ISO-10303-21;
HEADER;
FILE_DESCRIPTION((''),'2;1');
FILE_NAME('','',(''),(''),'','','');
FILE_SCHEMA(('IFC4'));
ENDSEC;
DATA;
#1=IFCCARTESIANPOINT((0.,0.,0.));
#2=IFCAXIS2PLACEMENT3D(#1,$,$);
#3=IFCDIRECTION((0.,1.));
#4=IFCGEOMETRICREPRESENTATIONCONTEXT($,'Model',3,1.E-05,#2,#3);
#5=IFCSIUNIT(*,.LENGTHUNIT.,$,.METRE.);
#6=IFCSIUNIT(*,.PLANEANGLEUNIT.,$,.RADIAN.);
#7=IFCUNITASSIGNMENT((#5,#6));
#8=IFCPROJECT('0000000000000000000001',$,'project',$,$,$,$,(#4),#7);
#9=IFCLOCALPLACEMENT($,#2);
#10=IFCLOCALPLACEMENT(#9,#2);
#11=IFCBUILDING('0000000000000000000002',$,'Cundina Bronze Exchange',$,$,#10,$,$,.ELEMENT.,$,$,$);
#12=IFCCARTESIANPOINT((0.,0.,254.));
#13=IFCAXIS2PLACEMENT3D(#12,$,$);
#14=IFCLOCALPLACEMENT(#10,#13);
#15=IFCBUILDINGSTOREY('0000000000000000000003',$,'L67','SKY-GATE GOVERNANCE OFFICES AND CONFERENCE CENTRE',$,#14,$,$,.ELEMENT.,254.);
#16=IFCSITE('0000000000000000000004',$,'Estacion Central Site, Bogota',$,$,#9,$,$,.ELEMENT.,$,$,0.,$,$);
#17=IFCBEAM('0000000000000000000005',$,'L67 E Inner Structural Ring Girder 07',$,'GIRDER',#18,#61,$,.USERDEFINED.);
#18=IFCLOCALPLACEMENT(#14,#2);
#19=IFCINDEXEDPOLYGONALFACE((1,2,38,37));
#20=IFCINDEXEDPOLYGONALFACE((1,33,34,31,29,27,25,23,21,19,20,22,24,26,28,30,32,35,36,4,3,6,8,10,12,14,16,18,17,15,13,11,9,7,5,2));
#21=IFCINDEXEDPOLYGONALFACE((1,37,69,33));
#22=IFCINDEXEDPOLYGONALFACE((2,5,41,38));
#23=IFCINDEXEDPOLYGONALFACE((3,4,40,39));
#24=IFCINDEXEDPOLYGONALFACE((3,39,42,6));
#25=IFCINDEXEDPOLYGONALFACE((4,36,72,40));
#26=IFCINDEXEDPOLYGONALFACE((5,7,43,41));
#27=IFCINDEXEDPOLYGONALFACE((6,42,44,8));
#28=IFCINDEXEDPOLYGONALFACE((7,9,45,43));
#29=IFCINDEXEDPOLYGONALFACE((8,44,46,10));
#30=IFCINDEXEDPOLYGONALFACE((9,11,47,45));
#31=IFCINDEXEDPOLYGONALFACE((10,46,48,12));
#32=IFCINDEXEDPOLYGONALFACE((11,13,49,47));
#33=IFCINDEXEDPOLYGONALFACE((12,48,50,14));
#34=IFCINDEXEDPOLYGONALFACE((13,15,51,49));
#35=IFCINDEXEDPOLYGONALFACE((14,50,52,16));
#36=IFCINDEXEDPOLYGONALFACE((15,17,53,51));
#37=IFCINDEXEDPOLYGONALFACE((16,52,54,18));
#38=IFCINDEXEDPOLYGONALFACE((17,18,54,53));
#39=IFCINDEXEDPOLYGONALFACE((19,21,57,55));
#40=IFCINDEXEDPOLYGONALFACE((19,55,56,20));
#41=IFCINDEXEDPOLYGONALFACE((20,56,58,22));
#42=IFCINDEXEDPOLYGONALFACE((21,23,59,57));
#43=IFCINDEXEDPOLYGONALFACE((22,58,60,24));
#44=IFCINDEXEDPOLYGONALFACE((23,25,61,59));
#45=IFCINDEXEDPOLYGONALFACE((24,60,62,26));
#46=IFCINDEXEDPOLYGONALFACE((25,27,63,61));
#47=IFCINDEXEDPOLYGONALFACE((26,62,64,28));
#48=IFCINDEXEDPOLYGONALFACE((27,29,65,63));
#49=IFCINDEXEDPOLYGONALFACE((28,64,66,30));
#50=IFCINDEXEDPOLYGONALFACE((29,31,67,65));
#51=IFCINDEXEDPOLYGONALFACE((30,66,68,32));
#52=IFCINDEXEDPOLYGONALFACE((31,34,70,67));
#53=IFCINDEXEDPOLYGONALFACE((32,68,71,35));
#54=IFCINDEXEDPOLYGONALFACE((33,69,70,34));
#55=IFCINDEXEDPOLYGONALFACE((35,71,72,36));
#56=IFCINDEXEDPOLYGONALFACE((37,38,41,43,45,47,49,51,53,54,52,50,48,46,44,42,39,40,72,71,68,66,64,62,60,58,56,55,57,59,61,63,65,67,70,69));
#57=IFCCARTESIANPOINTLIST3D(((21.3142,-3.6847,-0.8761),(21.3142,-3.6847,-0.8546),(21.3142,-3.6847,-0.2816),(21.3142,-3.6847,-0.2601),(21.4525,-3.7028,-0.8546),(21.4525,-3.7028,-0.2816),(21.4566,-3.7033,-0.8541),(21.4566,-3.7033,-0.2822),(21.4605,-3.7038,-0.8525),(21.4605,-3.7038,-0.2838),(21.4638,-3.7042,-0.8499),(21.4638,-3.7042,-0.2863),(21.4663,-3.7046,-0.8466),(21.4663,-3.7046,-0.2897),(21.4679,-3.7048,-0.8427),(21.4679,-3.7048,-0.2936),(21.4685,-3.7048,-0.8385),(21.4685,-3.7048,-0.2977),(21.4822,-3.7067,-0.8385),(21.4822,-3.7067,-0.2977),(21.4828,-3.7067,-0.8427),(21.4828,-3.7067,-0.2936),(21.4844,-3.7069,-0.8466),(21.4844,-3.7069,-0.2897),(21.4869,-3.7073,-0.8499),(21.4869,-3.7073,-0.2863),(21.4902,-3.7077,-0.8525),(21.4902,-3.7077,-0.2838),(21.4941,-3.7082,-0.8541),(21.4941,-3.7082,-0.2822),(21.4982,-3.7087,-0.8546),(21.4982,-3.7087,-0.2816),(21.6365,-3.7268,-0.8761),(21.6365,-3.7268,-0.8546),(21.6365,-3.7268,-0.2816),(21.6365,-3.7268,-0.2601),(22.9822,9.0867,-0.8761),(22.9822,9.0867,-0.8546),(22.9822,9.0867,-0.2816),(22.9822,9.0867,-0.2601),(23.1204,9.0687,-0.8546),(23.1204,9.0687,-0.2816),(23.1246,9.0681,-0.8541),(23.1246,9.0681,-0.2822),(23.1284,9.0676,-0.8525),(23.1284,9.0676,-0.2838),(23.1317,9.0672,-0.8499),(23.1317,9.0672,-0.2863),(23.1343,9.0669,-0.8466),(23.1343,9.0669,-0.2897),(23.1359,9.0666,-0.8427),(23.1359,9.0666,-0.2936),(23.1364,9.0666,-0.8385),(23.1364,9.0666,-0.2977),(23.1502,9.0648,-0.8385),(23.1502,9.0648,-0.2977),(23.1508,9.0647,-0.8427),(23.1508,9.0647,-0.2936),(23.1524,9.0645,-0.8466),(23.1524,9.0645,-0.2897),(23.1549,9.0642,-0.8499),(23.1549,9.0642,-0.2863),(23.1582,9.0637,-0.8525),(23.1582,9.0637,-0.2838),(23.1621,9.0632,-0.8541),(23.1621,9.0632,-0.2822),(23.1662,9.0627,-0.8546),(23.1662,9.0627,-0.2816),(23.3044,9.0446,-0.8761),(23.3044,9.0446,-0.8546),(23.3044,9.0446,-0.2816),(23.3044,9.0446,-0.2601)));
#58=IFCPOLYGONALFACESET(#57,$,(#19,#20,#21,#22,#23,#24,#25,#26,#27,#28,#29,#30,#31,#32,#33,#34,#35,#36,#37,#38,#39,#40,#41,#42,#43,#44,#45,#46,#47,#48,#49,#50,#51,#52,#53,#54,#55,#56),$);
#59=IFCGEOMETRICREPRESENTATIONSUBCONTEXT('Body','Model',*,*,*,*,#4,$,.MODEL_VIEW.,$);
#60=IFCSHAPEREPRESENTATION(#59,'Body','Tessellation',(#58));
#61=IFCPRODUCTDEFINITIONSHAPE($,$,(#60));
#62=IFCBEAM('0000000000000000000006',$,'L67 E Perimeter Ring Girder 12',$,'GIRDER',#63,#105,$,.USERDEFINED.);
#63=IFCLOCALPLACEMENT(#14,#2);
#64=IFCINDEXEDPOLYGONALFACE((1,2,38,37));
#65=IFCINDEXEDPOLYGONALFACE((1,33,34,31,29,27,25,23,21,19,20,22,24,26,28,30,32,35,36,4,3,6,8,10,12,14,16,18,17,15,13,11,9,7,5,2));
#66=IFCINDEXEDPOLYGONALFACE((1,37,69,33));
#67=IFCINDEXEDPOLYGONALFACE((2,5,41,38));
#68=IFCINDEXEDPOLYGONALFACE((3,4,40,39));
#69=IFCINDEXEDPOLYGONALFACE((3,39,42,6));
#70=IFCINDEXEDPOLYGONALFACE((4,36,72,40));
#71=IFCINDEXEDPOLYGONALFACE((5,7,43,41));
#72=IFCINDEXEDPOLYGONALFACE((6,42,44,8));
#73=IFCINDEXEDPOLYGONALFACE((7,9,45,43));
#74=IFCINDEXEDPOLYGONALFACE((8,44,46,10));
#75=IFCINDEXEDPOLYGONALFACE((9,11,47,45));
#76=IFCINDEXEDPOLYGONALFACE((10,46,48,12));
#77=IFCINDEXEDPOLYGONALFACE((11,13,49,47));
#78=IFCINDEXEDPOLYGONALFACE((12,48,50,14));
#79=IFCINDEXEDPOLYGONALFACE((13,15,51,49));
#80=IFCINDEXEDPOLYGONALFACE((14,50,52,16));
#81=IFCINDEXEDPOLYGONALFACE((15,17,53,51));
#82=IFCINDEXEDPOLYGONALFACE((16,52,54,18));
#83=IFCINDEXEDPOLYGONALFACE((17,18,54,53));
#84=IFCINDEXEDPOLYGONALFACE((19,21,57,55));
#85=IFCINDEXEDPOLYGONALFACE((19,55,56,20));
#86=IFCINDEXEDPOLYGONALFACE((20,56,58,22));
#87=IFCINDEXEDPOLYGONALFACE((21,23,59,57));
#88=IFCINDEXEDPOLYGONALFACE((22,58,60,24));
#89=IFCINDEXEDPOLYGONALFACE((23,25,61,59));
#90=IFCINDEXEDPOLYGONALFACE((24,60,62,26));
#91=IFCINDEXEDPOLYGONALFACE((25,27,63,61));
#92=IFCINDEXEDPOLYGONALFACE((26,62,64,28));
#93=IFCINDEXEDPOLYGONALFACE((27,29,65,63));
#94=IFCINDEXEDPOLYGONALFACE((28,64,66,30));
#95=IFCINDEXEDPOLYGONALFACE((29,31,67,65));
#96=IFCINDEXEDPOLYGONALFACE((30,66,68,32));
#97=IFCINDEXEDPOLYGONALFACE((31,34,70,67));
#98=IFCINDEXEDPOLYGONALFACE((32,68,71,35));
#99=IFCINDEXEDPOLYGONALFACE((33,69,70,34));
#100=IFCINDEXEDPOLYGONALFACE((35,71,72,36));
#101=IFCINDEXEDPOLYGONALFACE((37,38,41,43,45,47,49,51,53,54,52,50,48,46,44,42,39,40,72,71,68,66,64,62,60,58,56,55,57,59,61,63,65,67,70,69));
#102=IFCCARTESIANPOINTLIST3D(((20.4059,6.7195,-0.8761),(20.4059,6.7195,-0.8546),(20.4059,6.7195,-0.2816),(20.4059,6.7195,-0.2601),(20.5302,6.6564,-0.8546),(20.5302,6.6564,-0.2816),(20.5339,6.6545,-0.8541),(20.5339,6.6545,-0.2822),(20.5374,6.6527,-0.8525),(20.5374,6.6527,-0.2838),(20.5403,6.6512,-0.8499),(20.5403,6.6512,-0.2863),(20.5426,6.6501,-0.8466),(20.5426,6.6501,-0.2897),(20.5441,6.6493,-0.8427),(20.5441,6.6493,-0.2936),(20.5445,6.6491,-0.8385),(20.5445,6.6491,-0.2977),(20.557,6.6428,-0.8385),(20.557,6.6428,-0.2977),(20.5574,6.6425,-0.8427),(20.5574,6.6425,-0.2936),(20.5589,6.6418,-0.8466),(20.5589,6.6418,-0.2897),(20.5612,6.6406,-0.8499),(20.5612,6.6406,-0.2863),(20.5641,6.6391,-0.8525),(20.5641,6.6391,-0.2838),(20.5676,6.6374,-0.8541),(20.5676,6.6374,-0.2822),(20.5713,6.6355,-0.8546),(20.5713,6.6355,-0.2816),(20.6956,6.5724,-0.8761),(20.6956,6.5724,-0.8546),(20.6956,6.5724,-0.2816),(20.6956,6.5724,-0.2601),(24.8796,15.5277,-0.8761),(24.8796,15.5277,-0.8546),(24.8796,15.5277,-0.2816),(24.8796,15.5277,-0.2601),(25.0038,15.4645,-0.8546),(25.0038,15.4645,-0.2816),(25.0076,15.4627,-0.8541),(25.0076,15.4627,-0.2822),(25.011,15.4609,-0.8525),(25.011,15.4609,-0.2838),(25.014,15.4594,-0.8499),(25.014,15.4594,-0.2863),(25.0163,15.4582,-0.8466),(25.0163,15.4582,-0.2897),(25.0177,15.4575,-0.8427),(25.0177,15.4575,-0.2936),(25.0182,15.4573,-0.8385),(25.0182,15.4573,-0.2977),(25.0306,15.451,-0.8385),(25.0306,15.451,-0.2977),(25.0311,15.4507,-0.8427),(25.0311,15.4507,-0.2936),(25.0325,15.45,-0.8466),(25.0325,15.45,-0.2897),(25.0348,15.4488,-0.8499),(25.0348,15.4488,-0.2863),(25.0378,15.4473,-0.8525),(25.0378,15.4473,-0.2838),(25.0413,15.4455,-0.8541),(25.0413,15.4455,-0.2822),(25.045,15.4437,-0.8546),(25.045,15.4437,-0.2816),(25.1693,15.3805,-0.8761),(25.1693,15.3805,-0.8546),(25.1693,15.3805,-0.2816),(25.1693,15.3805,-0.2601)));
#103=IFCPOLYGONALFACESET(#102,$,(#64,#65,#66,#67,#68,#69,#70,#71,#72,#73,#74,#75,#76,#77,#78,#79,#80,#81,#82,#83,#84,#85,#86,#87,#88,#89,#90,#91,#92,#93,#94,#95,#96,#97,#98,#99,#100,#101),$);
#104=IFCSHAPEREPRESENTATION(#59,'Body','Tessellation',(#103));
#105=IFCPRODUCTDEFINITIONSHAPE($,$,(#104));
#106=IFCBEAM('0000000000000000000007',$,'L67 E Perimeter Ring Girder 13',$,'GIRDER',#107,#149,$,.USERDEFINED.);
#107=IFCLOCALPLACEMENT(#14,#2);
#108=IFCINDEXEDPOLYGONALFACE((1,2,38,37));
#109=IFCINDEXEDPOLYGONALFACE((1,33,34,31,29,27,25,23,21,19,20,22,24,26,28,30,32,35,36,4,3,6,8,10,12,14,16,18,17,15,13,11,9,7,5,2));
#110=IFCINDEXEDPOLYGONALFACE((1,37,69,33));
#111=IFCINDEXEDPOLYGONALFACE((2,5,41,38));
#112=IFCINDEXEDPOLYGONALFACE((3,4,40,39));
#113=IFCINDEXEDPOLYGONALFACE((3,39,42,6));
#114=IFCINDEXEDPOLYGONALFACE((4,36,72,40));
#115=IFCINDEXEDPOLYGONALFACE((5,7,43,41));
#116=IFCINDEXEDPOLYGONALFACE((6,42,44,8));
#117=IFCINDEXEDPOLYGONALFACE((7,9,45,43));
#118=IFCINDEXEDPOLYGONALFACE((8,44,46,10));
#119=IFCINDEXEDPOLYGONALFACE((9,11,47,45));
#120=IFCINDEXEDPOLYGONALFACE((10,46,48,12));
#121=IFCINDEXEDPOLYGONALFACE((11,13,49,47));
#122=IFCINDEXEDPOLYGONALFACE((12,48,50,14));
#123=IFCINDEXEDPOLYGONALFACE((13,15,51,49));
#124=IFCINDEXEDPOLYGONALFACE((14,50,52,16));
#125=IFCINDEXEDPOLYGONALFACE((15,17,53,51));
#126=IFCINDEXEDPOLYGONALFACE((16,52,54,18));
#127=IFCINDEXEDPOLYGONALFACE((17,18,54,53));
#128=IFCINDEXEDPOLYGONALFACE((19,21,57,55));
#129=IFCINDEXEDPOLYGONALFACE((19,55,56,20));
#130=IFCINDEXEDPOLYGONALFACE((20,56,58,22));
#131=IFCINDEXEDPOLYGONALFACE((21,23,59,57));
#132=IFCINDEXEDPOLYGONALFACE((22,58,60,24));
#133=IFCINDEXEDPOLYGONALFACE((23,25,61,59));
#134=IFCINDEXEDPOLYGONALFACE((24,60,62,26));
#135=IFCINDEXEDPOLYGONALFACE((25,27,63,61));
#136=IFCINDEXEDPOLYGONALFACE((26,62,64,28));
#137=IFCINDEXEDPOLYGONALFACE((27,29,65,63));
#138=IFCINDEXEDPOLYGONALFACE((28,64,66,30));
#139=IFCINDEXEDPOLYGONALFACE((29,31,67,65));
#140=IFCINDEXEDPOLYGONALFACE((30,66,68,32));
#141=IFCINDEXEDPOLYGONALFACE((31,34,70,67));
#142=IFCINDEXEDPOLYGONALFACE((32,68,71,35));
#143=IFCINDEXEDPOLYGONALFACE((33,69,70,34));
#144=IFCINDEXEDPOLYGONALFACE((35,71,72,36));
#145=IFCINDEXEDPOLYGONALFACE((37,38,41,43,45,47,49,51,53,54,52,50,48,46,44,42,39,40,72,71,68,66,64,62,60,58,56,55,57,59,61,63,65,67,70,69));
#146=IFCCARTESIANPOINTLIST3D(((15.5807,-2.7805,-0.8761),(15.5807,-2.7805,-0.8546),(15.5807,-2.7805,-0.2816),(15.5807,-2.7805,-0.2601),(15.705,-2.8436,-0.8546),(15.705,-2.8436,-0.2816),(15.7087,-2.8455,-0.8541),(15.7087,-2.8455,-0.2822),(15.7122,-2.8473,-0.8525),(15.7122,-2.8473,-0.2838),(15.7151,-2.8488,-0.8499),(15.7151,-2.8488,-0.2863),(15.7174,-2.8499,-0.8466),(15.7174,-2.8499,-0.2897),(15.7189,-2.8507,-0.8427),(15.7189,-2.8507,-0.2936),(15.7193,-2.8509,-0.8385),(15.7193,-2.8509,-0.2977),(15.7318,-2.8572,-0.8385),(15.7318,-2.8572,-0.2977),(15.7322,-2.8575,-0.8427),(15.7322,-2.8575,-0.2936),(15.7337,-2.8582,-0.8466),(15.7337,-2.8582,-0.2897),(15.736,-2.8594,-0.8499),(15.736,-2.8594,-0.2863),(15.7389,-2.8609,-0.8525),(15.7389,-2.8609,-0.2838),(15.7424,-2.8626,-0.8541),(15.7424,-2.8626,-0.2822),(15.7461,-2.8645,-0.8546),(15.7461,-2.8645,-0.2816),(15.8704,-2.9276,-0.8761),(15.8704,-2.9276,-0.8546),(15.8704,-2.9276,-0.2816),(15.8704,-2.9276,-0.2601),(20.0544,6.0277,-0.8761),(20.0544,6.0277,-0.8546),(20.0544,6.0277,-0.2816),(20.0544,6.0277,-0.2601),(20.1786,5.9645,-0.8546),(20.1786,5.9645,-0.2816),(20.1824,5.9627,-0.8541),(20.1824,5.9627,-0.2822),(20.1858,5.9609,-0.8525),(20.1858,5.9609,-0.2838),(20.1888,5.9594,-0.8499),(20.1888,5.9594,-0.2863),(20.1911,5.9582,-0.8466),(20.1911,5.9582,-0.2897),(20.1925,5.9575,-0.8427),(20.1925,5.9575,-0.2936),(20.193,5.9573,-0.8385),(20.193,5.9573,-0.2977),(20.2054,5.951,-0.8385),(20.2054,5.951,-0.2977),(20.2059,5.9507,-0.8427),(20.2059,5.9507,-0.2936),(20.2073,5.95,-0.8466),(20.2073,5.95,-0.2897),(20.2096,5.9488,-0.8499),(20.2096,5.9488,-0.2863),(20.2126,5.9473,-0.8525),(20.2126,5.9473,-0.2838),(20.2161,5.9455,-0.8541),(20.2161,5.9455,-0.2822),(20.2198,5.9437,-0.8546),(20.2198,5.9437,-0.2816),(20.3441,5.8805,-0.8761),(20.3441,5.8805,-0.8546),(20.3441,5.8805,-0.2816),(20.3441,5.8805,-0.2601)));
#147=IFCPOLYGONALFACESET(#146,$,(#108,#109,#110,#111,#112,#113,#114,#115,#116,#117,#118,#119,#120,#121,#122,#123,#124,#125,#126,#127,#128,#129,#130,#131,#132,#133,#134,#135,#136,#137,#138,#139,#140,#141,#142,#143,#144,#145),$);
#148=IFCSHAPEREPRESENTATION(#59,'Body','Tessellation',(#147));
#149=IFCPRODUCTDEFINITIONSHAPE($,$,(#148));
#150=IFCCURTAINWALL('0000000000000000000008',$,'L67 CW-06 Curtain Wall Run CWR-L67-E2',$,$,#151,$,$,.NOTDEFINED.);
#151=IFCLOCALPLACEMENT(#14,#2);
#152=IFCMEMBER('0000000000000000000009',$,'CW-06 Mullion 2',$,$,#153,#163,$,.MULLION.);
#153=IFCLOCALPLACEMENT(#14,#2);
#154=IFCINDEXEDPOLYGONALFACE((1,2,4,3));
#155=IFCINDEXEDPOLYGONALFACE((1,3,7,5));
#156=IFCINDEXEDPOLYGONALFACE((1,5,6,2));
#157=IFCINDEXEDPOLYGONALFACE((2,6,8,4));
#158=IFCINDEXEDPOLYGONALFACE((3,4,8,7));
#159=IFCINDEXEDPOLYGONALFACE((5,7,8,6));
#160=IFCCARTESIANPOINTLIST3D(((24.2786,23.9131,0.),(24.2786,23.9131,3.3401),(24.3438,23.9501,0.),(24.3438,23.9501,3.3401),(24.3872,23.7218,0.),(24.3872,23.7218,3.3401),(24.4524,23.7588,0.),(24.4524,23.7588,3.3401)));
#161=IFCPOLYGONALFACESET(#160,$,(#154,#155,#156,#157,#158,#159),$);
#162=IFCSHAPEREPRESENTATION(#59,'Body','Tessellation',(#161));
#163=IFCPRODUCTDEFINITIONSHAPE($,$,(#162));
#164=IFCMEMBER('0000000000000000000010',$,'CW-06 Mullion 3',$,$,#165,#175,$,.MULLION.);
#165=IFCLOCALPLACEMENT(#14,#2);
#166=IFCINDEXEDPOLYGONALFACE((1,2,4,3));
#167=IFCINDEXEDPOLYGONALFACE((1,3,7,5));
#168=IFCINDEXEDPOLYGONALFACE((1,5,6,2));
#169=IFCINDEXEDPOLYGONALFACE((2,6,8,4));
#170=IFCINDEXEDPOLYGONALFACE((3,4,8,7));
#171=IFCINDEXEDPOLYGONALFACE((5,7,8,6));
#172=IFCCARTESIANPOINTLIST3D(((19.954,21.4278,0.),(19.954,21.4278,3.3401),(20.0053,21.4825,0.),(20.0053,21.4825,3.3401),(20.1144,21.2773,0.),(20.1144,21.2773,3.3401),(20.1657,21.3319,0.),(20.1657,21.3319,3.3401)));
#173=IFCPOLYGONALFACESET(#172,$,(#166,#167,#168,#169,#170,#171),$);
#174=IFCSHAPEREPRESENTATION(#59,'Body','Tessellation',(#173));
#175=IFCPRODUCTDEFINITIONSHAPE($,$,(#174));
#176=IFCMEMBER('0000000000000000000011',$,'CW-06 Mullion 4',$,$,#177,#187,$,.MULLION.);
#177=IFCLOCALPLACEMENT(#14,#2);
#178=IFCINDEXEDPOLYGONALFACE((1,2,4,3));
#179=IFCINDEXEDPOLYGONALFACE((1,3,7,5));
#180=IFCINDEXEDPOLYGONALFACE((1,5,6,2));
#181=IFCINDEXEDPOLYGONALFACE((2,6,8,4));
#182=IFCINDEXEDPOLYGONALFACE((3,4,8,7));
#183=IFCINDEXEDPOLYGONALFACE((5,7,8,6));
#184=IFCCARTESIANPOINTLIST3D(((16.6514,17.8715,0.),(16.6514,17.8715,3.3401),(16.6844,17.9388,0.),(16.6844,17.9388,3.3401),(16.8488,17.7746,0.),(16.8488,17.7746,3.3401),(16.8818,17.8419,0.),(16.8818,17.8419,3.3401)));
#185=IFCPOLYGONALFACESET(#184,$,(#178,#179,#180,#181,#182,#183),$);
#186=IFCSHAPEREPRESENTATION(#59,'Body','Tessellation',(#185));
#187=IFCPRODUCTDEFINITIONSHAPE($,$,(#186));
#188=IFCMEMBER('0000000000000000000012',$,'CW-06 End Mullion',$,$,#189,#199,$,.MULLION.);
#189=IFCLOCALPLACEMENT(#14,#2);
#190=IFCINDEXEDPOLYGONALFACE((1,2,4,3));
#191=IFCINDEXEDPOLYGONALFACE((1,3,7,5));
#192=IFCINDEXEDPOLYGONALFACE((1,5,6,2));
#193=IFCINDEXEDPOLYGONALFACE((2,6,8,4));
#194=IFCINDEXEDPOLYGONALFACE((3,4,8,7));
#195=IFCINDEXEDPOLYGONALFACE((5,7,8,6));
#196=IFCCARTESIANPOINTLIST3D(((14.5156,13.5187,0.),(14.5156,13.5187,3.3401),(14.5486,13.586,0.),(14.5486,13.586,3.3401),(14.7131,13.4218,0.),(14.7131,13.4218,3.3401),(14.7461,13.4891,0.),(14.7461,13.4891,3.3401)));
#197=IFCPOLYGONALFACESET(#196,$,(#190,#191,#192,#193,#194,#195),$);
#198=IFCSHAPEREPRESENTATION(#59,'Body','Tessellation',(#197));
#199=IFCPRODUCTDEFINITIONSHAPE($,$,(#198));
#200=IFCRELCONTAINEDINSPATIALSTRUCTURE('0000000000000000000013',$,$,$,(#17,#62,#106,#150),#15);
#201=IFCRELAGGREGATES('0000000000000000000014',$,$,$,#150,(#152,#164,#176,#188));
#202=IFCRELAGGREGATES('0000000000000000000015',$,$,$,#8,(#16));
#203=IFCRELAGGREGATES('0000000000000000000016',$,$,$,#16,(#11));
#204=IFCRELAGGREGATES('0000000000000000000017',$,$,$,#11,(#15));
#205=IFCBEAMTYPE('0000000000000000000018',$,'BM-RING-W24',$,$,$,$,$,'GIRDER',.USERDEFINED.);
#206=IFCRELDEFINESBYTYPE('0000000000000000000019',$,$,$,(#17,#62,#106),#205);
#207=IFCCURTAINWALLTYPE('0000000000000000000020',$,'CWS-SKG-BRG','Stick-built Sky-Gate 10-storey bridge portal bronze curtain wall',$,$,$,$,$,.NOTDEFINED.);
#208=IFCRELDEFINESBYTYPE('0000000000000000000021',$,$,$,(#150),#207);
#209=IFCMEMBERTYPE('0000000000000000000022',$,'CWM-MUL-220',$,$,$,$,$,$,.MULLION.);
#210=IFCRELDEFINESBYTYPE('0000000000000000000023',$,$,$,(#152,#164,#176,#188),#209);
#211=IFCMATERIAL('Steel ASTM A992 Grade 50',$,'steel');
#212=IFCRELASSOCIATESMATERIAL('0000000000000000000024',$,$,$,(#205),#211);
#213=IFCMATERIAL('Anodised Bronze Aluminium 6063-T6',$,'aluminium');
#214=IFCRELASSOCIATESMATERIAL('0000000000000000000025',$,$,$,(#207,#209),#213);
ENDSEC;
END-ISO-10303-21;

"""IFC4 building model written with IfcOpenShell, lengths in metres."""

from ifc_helpers import new_model, si_unit, direction, frame, origin, origin_2d, place, context, subcontext, project, spatial, rectangle, i_section, extrude, material, material_profile, profile_set, type_object, element, aggregate, save


model = new_model("IFC4")

# Units and contexts
model_context = context("Model", 3, precision=1e-05, world=origin(), true_north=direction((0.0, 1.0)))
body_context = subcontext(model_context, "Body", "Model", "MODEL_VIEW")
ifc_project = project(units=[si_unit("LENGTHUNIT", "METRE"), si_unit("PLANEANGLEUNIT", "RADIAN")], contexts=[model_context])

# Site, building, storey
site_placement = place(None, origin())
site = spatial("IfcSite", under=ifc_project, at=site_placement, Name="Estacion Central Site, Bogota", CompositionType="ELEMENT", RefElevation=0.0)
building_placement = place(site_placement, origin())
building = spatial("IfcBuilding", under=site, at=building_placement, Name="Cundina Bronze Exchange", CompositionType="ELEMENT")
storey_placement = place(building_placement, frame((0.0, 0.0, 254.0)))
storey = spatial("IfcBuildingStorey", under=building, at=storey_placement, Name="L67", Description="SKY-GATE GOVERNANCE OFFICES AND CONFERENCE CENTRE", CompositionType="ELEMENT", Elevation=254.0)

# Beams
ifc_material_1 = material(Name="Steel ASTM A992 Grade 50", Category="steel")
ifc_material_profile_1 = material_profile(ifc_material_1, i_section(OverallWidth=0.325, OverallDepth=0.616, WebThickness=0.0139, FlangeThickness=0.0215, FilletRadius=0.0161, at=origin_2d()), Name="W24X117", Category="steel")
ifc_profile_set_1 = profile_set([ifc_material_profile_1], Name="Steel ASTM A992 Grade 50")
beam_type_1 = type_object("IfcBeamType", Name="BM-RING-W24", ElementType="GIRDER", PredefinedType="USERDEFINED", material=ifc_profile_set_1)
beam_placement = place(storey_placement, frame((23.1433, 9.0657, -0.5681), z_axis=(-0.129501, -0.991579, 0.0), x_axis=(0.991579, -0.129501, 0.0)))
element("IfcBeam", 1, at=beam_placement, inside=storey, type_object=beam_type_1, Name="L67 E Inner Structural Ring Girder 07", ObjectType="GIRDER", PredefinedType="USERDEFINED", context=body_context, shape_type="SweptSolid", body=[
    extrude(i_section(OverallWidth=0.325, OverallDepth=0.616, WebThickness=0.0139, FlangeThickness=0.0215, FilletRadius=0.0161, at=origin_2d()), origin(), (0.0, 0.0, 1.0), 12.8799),
])
for number, where, z_axis, x_axis, name in (
    (2, (25.0244, 15.4541, -0.5681), (-0.452839, -0.891592, 0.0), (0.891592, -0.452839, 0.0), "L67 E Perimeter Ring Girder 12"),
    (3, (20.1992, 5.9541, -0.5681), (-0.452839, -0.891592, 0.0), (0.891592, -0.452839, 0.0), "L67 E Perimeter Ring Girder 13"),
):
    element("IfcBeam", number, at=place(storey_placement, frame(where, z_axis=z_axis, x_axis=x_axis)), inside=storey, type_object=beam_type_1, Name=name, ObjectType="GIRDER", PredefinedType="USERDEFINED", context=body_context, shape_type="SweptSolid", body=[
        extrude(i_section(OverallWidth=0.325, OverallDepth=0.616, WebThickness=0.0139, FlangeThickness=0.0215, FilletRadius=0.0161, at=origin_2d()), origin(), (0.0, 0.0, 1.0), 9.8792),
    ])

# Curtain wall, members
ifc_material_2 = material(Name="Anodised Bronze Aluminium 6063-T6", Category="aluminium")
curtain_wall_type = type_object("IfcCurtainWallType", Name="CWS-SKG-BRG", Description="Stick-built Sky-Gate 10-storey bridge portal bronze curtain wall", PredefinedType="NOTDEFINED", material=ifc_material_2)
curtain_wall_1_placement = place(storey_placement, origin())
curtain_wall_1 = element("IfcCurtainWall", 4, at=curtain_wall_1_placement, inside=storey, type_object=curtain_wall_type, Name="L67 CW-06 Curtain Wall Run CWR-L67-E2", PredefinedType="NOTDEFINED")
ifc_material_profile_2 = material_profile(ifc_material_2, rectangle(XDim=0.075, YDim=0.22, at=origin_2d()), Name="AL75X220", Category="aluminium")
ifc_profile_set_2 = profile_set([ifc_material_profile_2], Name="Anodised Bronze Aluminium 6063-T6")
member_type_1 = type_object("IfcMemberType", Name="CWM-MUL-220", PredefinedType="MULLION", material=ifc_profile_set_2)
member_1_placement = place(storey_placement, frame((24.3655, 23.8359, 0.0), z_axis=(0.0, 0.0, 1.0), x_axis=(-0.869581, -0.49379, 0.0)))
member_1 = element("IfcMember", 5, at=member_1_placement, type_object=member_type_1, Name="CW-06 Mullion 2", PredefinedType="MULLION", context=body_context, shape_type="SweptSolid", body=[
    extrude(rectangle(XDim=0.075, YDim=0.22, at=origin_2d()), origin(), (0.0, 0.0, 1.0), 3.3401),
])
member_2_placement = place(storey_placement, frame((20.0598, 21.3799, 0.0), z_axis=(0.0, 0.0, 1.0), x_axis=(-0.684293, -0.729208, 0.0)))
member_2 = element("IfcMember", 6, at=member_2_placement, type_object=member_type_1, Name="CW-06 Mullion 3", PredefinedType="MULLION", context=body_context, shape_type="SweptSolid", body=[
    extrude(rectangle(XDim=0.075, YDim=0.22, at=origin_2d()), origin(), (0.0, 0.0, 1.0), 3.3401),
])
member_3_placement = place(storey_placement, frame((16.7666, 17.8567, 0.0), z_axis=(0.0, 0.0, 1.0), x_axis=(-0.440566, -0.89772, 0.0)))
member_3 = element("IfcMember", 7, at=member_3_placement, type_object=member_type_1, Name="CW-06 Mullion 4", PredefinedType="MULLION", context=body_context, shape_type="SweptSolid", body=[
    extrude(rectangle(XDim=0.075, YDim=0.22, at=origin_2d()), origin(), (0.0, 0.0, 1.0), 3.3401),
])
member_4_placement = place(storey_placement, frame((14.6309, 13.5039, 0.0), z_axis=(0.0, 0.0, 1.0), x_axis=(-0.440566, -0.89772, 0.0)))
member_4 = element("IfcMember", 8, at=member_4_placement, type_object=member_type_1, Name="CW-06 End Mullion", PredefinedType="MULLION", context=body_context, shape_type="SweptSolid", body=[
    extrude(rectangle(XDim=0.075, YDim=0.22, at=origin_2d()), origin(), (0.0, 0.0, 1.0), 3.3401),
])

aggregate(curtain_wall_1, [member_1, member_2, member_3, member_4])

save(model, "model.ifc")
